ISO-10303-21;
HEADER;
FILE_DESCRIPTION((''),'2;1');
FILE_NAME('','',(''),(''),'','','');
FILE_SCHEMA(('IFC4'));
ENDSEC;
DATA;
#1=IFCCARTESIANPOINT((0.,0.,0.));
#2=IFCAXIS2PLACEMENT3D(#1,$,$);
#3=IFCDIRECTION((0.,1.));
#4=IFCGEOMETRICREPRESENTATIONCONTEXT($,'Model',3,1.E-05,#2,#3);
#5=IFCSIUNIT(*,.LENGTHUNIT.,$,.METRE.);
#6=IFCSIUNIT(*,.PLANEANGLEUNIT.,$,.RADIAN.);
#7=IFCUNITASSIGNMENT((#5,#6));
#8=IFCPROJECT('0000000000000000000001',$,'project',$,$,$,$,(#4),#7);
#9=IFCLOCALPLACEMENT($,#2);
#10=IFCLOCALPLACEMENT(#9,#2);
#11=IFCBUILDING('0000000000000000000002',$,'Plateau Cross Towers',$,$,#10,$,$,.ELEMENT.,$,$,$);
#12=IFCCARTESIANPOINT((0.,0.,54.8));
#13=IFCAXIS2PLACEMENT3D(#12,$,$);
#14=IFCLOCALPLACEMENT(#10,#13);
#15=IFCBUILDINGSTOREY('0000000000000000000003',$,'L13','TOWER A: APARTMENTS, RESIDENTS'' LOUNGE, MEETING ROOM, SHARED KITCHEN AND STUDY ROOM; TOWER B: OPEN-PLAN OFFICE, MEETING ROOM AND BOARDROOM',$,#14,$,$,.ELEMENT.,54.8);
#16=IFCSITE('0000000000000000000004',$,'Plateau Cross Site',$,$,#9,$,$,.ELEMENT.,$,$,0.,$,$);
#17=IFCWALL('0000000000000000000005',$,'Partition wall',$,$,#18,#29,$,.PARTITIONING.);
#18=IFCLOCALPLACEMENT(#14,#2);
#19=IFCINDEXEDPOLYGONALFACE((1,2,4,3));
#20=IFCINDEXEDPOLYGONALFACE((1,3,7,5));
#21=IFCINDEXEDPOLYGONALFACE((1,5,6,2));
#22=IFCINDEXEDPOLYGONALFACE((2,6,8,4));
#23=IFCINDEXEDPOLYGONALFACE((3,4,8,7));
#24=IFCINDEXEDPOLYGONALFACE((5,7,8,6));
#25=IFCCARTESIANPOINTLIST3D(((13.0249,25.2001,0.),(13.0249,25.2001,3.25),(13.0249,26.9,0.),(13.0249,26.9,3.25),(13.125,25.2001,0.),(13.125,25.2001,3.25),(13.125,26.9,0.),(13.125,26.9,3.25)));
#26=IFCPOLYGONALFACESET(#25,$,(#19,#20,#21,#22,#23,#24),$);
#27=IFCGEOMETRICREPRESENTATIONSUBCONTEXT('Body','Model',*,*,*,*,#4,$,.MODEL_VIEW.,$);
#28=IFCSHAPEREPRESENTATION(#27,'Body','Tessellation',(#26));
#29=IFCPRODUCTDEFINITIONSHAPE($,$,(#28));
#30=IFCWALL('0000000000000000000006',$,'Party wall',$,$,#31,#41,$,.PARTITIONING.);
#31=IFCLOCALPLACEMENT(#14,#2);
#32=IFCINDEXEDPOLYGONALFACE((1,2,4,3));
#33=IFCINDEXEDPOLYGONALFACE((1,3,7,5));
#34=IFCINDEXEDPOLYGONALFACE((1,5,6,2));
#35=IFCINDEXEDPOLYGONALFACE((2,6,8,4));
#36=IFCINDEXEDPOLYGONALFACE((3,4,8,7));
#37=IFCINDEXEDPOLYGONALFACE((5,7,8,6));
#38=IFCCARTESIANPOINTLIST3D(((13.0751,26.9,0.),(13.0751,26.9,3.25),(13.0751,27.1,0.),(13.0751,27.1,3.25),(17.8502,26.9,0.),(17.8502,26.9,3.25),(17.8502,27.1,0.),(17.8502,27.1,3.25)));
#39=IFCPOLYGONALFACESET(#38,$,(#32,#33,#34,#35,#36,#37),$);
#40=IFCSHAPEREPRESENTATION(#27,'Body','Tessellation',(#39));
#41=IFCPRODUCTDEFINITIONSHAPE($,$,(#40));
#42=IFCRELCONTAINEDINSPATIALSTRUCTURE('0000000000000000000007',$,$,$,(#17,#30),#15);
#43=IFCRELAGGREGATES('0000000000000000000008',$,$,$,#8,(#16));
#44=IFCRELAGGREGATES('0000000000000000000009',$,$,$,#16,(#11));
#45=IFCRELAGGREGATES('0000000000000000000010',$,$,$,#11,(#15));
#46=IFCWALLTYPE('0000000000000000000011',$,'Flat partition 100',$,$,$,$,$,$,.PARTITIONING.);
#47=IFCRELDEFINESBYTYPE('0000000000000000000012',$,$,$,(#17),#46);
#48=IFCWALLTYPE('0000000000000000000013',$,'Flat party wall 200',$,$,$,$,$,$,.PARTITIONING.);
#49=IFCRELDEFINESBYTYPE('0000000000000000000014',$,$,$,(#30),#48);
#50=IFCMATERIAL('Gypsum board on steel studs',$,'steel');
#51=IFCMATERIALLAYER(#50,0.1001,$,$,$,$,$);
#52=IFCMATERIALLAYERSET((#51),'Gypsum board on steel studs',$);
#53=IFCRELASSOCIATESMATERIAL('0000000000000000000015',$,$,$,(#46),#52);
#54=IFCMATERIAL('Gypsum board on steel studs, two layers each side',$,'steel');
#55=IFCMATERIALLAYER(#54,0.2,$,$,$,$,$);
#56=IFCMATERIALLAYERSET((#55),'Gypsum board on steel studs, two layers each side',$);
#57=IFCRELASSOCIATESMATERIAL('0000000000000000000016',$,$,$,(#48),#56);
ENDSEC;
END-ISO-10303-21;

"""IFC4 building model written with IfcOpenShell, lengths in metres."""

from ifc_helpers import new_model, si_unit, direction, frame, frame_2d, origin, place, context, subcontext, project, spatial, rectangle, extrude, material, layer, layer_set, type_object, element, save


model = new_model("IFC4")

# Units and contexts
model_context = context("Model", 3, precision=1e-05, world=origin(), true_north=direction((0.0, 1.0)))
body_context = subcontext(model_context, "Body", "Model", "MODEL_VIEW")
ifc_project = project(units=[si_unit("LENGTHUNIT", "METRE"), si_unit("PLANEANGLEUNIT", "RADIAN")], contexts=[model_context])

# Site, building, storey
site_placement = place(None, origin())
site = spatial("IfcSite", under=ifc_project, at=site_placement, Name="Plateau Cross Site", CompositionType="ELEMENT", RefElevation=0.0)
building_placement = place(site_placement, origin())
building = spatial("IfcBuilding", under=site, at=building_placement, Name="Plateau Cross Towers", CompositionType="ELEMENT")
storey_placement = place(building_placement, frame((0.0, 0.0, 54.8)))
storey = spatial("IfcBuildingStorey", under=building, at=storey_placement, Name="L13", Description="TOWER A: APARTMENTS, RESIDENTS' LOUNGE, MEETING ROOM, SHARED KITCHEN AND STUDY ROOM; TOWER B: OPEN-PLAN OFFICE, MEETING ROOM AND BOARDROOM", CompositionType="ELEMENT", Elevation=54.8)

# Shared definitions
ifc_material_1 = material(Name="Gypsum board on steel studs", Category="steel")
ifc_layer_1 = layer(ifc_material_1, 0.1001)
ifc_layer_set_1 = layer_set([ifc_layer_1], Name="Gypsum board on steel studs")
wall_type_1 = type_object("IfcWallType", Name="Flat partition 100", PredefinedType="PARTITIONING", material=ifc_layer_set_1)

# Walls
wall_1_placement = place(storey_placement, frame((13.075, 25.2, 0.0), z_axis=(0.0, 0.0, 1.0), x_axis=(0.0, 1.0, 0.0)))
element("IfcWall", 1, at=wall_1_placement, inside=storey, type_object=wall_type_1, Name="Partition wall", PredefinedType="PARTITIONING", context=body_context, shape_type="SweptSolid", body=[
    extrude(rectangle(XDim=1.7, YDim=0.1001, at=frame_2d((0.8501, 0.0))), origin(), (0.0, 0.0, 1.0), 3.25),
])
ifc_material_2 = material(Name="Gypsum board on steel studs, two layers each side", Category="steel")
ifc_layer_2 = layer(ifc_material_2, 0.2)
ifc_layer_set_2 = layer_set([ifc_layer_2], Name="Gypsum board on steel studs, two layers each side")
wall_type_2 = type_object("IfcWallType", Name="Flat party wall 200", PredefinedType="PARTITIONING", material=ifc_layer_set_2)
wall_2_placement = place(storey_placement, frame((13.075, 27.0, 0.0), z_axis=(0.0, 0.0, 1.0), x_axis=(1.0, 0.0, 0.0)))
element("IfcWall", 2, at=wall_2_placement, inside=storey, type_object=wall_type_2, Name="Party wall", PredefinedType="PARTITIONING", context=body_context, shape_type="SweptSolid", body=[
    extrude(rectangle(XDim=4.7751, YDim=0.2, at=frame_2d((2.3877, 0.0))), origin(), (0.0, 0.0, 1.0), 3.25),
])

save(model, "model.ifc")
